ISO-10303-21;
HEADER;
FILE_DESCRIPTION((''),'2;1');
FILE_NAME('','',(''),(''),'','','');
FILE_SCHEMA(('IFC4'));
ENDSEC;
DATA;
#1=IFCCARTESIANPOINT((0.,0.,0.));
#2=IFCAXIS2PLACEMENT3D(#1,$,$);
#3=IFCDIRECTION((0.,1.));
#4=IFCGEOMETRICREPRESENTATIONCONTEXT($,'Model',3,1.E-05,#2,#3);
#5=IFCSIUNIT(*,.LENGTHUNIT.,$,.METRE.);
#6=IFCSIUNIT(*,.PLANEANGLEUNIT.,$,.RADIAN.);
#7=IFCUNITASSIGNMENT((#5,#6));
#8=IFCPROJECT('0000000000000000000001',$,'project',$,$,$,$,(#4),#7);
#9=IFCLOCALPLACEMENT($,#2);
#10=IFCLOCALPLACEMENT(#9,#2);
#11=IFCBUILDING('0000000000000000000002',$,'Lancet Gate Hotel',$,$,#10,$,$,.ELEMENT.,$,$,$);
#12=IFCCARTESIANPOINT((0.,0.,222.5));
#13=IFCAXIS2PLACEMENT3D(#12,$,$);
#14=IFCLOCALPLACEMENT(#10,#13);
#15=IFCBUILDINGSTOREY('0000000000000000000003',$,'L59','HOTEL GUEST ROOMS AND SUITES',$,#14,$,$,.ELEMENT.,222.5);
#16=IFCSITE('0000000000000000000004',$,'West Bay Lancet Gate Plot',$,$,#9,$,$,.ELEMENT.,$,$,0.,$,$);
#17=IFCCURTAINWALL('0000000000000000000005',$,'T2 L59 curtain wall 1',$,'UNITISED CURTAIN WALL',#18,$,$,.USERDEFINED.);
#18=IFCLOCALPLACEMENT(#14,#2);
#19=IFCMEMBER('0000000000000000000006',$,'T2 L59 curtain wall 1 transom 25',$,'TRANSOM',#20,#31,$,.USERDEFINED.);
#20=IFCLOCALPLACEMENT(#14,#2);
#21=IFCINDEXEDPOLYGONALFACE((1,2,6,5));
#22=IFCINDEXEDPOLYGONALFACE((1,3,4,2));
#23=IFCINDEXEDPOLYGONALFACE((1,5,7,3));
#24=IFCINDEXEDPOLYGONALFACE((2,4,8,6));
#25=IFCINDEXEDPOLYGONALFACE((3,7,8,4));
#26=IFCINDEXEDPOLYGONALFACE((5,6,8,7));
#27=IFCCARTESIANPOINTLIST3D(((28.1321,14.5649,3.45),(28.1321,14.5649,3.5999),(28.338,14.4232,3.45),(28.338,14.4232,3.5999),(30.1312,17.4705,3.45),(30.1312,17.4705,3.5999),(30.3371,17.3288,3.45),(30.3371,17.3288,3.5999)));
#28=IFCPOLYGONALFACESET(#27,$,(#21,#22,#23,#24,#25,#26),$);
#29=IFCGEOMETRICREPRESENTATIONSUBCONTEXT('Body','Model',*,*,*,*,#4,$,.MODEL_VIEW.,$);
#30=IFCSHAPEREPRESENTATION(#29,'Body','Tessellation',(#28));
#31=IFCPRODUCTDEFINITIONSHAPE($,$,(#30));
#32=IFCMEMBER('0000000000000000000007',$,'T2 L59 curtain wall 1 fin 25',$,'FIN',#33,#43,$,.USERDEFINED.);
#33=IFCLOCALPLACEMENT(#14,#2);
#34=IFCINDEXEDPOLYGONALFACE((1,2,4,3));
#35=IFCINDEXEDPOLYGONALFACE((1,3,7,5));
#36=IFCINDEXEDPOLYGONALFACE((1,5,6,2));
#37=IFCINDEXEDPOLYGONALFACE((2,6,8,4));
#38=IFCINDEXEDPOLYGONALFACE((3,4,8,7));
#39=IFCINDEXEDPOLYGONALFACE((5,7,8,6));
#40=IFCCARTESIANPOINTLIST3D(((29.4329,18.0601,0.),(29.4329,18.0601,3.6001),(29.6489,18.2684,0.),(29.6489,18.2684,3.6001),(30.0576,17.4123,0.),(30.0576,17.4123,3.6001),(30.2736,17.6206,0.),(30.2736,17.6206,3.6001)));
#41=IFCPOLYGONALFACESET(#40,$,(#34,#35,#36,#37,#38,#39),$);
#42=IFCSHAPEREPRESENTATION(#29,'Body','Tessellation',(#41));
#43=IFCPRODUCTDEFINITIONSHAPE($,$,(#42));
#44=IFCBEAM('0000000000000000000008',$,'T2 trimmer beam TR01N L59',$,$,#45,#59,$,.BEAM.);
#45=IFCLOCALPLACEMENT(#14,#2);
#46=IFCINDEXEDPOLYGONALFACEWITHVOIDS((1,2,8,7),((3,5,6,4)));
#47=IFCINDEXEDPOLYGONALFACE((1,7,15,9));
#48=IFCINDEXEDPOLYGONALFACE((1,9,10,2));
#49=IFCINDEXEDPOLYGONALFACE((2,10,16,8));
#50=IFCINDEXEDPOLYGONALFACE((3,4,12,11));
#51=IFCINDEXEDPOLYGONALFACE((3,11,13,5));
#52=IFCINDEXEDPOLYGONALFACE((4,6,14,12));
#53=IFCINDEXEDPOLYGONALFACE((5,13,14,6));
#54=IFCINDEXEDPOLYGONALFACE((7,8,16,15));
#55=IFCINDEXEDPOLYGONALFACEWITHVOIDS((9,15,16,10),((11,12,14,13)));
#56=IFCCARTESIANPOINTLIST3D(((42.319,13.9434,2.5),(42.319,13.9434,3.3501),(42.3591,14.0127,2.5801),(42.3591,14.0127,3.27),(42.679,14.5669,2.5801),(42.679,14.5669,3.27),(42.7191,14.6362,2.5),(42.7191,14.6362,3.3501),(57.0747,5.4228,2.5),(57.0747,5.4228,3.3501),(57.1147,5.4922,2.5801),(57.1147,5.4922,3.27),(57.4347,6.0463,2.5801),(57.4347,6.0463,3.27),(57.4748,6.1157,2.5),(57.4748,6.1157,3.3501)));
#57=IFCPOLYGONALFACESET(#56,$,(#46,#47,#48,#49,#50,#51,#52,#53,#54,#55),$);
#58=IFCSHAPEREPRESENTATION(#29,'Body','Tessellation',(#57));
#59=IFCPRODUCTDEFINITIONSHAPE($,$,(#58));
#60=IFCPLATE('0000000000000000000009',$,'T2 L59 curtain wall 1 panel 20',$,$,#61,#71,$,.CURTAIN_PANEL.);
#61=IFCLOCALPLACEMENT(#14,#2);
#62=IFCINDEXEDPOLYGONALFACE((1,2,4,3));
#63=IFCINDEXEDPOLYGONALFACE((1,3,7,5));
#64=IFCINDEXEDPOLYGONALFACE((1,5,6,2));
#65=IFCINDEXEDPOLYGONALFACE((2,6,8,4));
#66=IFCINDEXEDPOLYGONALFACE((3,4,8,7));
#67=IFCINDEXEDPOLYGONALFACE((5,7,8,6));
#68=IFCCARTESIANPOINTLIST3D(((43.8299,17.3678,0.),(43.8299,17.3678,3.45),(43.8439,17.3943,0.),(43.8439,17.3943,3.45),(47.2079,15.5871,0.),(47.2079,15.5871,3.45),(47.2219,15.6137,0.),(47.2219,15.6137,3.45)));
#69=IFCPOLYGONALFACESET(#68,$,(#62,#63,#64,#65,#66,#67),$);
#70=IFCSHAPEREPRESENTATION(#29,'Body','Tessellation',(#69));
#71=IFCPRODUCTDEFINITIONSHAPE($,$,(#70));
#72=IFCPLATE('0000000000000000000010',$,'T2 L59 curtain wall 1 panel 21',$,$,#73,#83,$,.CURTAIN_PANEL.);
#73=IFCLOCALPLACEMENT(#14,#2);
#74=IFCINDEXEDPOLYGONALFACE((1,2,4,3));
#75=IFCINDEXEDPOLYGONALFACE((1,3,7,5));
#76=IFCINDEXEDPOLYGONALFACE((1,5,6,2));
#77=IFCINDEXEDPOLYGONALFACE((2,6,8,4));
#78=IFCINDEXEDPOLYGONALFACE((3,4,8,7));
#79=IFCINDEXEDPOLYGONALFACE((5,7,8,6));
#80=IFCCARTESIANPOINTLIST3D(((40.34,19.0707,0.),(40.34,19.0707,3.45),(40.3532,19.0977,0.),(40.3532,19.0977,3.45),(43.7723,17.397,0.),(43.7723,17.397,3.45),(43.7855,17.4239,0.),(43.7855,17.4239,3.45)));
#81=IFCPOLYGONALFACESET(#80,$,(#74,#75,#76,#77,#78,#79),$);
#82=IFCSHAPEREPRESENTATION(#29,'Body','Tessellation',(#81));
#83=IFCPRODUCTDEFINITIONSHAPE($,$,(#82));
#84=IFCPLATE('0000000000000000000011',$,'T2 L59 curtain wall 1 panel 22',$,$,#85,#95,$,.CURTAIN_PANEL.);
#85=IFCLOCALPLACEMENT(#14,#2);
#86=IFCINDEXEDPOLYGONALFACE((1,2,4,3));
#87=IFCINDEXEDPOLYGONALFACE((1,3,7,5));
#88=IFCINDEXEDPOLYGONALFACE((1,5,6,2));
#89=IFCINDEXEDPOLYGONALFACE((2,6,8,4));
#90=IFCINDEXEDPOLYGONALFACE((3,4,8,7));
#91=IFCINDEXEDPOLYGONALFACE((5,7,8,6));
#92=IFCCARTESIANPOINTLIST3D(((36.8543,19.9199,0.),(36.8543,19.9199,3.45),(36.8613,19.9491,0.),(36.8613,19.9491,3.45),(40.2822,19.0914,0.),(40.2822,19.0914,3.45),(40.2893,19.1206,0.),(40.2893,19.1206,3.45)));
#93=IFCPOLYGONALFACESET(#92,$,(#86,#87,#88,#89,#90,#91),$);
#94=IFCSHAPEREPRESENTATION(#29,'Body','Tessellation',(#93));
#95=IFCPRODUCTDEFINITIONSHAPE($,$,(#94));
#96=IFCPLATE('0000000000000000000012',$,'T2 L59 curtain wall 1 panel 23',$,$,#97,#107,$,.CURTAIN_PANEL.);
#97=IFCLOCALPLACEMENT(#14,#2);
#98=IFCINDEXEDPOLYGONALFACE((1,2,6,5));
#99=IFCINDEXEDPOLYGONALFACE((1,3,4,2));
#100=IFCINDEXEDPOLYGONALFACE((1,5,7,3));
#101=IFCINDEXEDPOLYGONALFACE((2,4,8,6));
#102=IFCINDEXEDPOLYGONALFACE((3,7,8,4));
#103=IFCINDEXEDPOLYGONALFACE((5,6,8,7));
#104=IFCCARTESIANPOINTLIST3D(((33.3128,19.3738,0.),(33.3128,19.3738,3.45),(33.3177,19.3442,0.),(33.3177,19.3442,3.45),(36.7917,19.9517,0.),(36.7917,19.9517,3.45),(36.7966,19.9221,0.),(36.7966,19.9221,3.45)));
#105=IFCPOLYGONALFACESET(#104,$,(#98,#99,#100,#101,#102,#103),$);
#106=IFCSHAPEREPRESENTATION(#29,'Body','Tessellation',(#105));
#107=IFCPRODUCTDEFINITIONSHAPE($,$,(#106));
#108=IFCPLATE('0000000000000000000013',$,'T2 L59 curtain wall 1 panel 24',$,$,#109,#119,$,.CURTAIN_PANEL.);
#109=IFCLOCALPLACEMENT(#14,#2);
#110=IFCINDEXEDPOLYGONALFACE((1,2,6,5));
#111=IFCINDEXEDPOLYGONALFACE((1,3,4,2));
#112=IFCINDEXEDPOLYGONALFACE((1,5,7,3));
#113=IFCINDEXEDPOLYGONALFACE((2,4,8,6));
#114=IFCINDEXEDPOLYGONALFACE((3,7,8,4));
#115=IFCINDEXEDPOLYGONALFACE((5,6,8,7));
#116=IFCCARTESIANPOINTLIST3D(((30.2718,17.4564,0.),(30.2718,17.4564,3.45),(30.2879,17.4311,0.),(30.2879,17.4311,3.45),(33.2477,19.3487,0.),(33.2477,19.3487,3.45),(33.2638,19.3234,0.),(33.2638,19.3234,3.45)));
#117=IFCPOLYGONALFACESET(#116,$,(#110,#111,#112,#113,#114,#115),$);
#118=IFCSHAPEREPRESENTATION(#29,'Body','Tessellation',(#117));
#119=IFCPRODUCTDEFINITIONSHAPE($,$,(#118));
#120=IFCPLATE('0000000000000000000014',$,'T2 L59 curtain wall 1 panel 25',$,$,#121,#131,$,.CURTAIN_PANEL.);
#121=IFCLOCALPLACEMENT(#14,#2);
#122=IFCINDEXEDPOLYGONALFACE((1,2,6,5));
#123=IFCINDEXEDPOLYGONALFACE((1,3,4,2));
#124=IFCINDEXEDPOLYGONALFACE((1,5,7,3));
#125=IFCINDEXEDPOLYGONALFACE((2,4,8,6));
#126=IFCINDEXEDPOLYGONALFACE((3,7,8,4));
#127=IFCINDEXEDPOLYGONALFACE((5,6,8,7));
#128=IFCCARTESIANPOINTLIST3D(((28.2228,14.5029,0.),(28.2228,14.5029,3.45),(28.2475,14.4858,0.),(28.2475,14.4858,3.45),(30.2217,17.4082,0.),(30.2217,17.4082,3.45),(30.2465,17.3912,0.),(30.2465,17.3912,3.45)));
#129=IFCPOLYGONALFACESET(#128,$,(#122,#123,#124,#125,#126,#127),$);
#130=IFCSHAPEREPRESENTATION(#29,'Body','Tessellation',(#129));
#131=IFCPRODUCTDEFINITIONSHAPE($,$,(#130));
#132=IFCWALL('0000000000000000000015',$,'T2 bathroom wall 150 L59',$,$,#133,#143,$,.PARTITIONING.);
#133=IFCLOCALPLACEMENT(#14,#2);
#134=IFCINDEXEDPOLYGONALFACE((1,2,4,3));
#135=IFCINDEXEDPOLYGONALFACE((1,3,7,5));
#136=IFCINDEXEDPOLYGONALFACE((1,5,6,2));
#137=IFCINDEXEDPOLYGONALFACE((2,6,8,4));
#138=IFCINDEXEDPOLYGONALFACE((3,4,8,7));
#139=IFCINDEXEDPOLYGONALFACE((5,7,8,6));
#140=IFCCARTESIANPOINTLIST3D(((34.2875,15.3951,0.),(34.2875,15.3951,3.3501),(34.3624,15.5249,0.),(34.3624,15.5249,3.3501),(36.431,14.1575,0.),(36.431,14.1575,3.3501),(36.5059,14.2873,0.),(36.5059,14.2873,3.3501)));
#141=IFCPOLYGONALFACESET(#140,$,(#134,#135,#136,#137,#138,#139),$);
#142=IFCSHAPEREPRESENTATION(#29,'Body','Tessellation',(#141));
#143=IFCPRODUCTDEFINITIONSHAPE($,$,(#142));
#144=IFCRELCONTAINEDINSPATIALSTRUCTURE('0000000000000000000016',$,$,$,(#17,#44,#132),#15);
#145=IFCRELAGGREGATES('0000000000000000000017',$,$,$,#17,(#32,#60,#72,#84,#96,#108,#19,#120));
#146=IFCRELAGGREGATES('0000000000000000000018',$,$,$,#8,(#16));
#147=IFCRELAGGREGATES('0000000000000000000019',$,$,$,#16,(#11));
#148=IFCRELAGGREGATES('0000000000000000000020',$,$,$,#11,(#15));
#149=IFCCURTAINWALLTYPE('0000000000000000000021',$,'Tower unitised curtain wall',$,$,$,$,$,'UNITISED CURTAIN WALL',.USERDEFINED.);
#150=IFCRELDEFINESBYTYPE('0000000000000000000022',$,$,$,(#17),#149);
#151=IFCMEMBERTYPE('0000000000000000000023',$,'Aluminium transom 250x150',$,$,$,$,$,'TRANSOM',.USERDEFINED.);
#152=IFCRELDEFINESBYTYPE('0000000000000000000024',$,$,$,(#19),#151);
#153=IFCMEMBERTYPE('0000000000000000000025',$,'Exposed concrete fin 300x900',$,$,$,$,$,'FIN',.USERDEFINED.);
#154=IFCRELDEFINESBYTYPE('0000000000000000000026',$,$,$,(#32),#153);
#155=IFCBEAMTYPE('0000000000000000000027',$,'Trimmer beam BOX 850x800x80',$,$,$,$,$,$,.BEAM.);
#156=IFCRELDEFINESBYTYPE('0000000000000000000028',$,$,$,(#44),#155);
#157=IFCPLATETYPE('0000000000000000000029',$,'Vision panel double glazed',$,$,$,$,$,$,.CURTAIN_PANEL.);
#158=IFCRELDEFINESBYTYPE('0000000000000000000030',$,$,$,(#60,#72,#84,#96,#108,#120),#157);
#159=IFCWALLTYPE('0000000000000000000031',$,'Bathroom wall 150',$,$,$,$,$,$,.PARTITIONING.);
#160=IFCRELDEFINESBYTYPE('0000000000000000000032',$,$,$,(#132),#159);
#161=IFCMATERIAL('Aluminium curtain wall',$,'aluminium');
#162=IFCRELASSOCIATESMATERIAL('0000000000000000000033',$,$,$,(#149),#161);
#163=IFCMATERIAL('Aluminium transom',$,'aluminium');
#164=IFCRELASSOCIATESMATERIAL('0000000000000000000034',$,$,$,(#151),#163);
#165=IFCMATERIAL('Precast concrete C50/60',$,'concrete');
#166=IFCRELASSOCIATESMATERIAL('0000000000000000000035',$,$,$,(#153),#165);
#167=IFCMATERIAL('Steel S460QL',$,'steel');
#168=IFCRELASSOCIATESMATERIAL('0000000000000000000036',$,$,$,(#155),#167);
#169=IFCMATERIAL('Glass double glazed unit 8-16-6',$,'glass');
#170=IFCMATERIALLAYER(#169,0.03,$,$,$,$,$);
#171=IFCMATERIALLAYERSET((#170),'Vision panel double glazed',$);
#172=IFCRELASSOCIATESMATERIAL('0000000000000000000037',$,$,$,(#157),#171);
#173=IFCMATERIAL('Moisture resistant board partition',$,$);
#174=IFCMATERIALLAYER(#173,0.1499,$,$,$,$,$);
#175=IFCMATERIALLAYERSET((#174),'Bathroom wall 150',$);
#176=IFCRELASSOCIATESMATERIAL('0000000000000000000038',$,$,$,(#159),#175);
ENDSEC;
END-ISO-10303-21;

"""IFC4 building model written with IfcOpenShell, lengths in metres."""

from ifc_helpers import new_model, si_unit, direction, frame, frame_2d, origin, origin_2d, place, context, subcontext, project, spatial, rectangle, hollow_rectangle, extrude, material, layer, layer_set, material_profile, profile_set, type_object, element, aggregate, save


model = new_model("IFC4")

# Units and contexts
model_context = context("Model", 3, precision=1e-05, world=origin(), true_north=direction((0.0, 1.0)))
body_context = subcontext(model_context, "Body", "Model", "MODEL_VIEW")
ifc_project = project(units=[si_unit("LENGTHUNIT", "METRE"), si_unit("PLANEANGLEUNIT", "RADIAN")], contexts=[model_context])

# Site, building, storey
site_placement = place(None, origin())
site = spatial("IfcSite", under=ifc_project, at=site_placement, Name="West Bay Lancet Gate Plot", CompositionType="ELEMENT", RefElevation=0.0)
building_placement = place(site_placement, origin())
building = spatial("IfcBuilding", under=site, at=building_placement, Name="Lancet Gate Hotel", CompositionType="ELEMENT")
storey_placement = place(building_placement, frame((0.0, 0.0, 222.5)))
storey = spatial("IfcBuildingStorey", under=building, at=storey_placement, Name="L59", Description="HOTEL GUEST ROOMS AND SUITES", CompositionType="ELEMENT", Elevation=222.5)

# Curtain wall, members
ifc_material_1 = material(Name="Aluminium curtain wall", Category="aluminium")
curtain_wall_type = type_object("IfcCurtainWallType", Name="Tower unitised curtain wall", ElementType="UNITISED CURTAIN WALL", PredefinedType="USERDEFINED", material=ifc_material_1)
curtain_wall_placement = place(storey_placement, origin())
curtain_wall = element("IfcCurtainWall", 1, at=curtain_wall_placement, inside=storey, type_object=curtain_wall_type, Name="T2 L59 curtain wall 1", ObjectType="UNITISED CURTAIN WALL", PredefinedType="USERDEFINED")
ifc_material_2 = material(Name="Aluminium transom", Category="aluminium")
ifc_material_profile_1 = material_profile(ifc_material_2, rectangle(XDim=0.25, YDim=0.1499, at=origin_2d()), Name="TRANSOM 250x150")
ifc_profile_set_1 = profile_set([ifc_material_profile_1], Name="Aluminium transom")
member_type_1 = type_object("IfcMemberType", Name="Aluminium transom 250x150", ElementType="TRANSOM", PredefinedType="USERDEFINED", material=ifc_profile_set_1)
member_1_placement = place(storey_placement, frame((30.2341, 17.3997, 3.5249), z_axis=(-0.566814, -0.823846, 0.0), x_axis=(0.823846, -0.566814, 0.0)))
member_1 = element("IfcMember", 2, at=member_1_placement, type_object=member_type_1, Name="T2 L59 curtain wall 1 transom 25", ObjectType="TRANSOM", PredefinedType="USERDEFINED", context=body_context, shape_type="SweptSolid", body=[
    extrude(rectangle(XDim=0.25, YDim=0.1499, at=origin_2d()), origin(), (0.0, 0.0, 1.0), 3.5269),
])
ifc_material_3 = material(Name="Precast concrete C50/60", Category="concrete")
ifc_material_profile_2 = material_profile(ifc_material_3, rectangle(XDim=0.3, YDim=0.8999, at=origin_2d()), Name="FIN 300x900")
ifc_profile_set_2 = profile_set([ifc_material_profile_2], Name="Precast concrete C50/60")
member_type_2 = type_object("IfcMemberType", Name="Exposed concrete fin 300x900", ElementType="FIN", PredefinedType="USERDEFINED", material=ifc_profile_set_2)
member_2_placement = place(storey_placement, frame((29.8533, 17.8403, 0.0), z_axis=(0.0, 0.0, 1.0), x_axis=(-0.719809, -0.694172, 0.0)))
member_2 = element("IfcMember", 3, at=member_2_placement, type_object=member_type_2, Name="T2 L59 curtain wall 1 fin 25", ObjectType="FIN", PredefinedType="USERDEFINED", context=body_context, shape_type="SweptSolid", body=[
    extrude(rectangle(XDim=0.3, YDim=0.8999, at=origin_2d()), origin(), (0.0, 0.0, 1.0), 3.6001),
])

# Beam
ifc_material_4 = material(Name="Steel S460QL", Category="steel")
ifc_material_profile_3 = material_profile(ifc_material_4, hollow_rectangle(XDim=0.8, YDim=0.8501, WallThickness=0.0801, at=origin_2d()), Name="BOX 850x800x80")
ifc_profile_set_3 = profile_set([ifc_material_profile_3], Name="Steel S460QL")
beam_type = type_object("IfcBeamType", Name="Trimmer beam BOX 850x800x80", PredefinedType="BEAM", material=ifc_profile_set_3)
beam_placement = place(storey_placement, frame((42.519, 14.2898, 2.925), z_axis=(0.865991, -0.500059, 0.0), x_axis=(0.500059, 0.865991, 0.0)))
element("IfcBeam", 4, at=beam_placement, inside=storey, type_object=beam_type, Name="T2 trimmer beam TR01N L59", PredefinedType="BEAM", context=body_context, shape_type="SweptSolid", body=[
    extrude(hollow_rectangle(XDim=0.8, YDim=0.8501, WallThickness=0.0801, at=origin_2d()), origin(), (0.0, 0.0, 1.0), 17.0391),
])

# Plates
ifc_material_5 = material(Name="Glass double glazed unit 8-16-6", Category="glass")
ifc_layer_1 = layer(ifc_material_5, 0.03)
ifc_layer_set_1 = layer_set([ifc_layer_1], Name="Vision panel double glazed")
plate_type = type_object("IfcPlateType", Name="Vision panel double glazed", PredefinedType="CURTAIN_PANEL", material=ifc_layer_set_1)
plate_1_placement = place(storey_placement, frame((45.5259, 16.4907, 0.0), z_axis=(0.0, 0.0, 1.0), x_axis=(-0.884623, 0.466307, 0.0)))
plate_1 = element("IfcPlate", 5, at=plate_1_placement, type_object=plate_type, Name="T2 L59 curtain wall 1 panel 20", PredefinedType="CURTAIN_PANEL", context=body_context, shape_type="SweptSolid", body=[
    extrude(rectangle(XDim=3.8186, YDim=0.03, at=origin_2d()), origin(), (0.0, 0.0, 1.0), 3.45),
])
plate_2_placement = place(storey_placement, frame((42.0627, 18.2473, 0.0), z_axis=(0.0, 0.0, 1.0), x_axis=(-0.898823, 0.438311, 0.0)))
plate_2 = element("IfcPlate", 6, at=plate_2_placement, type_object=plate_type, Name="T2 L59 curtain wall 1 panel 21", PredefinedType="CURTAIN_PANEL", context=body_context, shape_type="SweptSolid", body=[
    extrude(rectangle(XDim=3.8186, YDim=0.03, at=origin_2d()), origin(), (0.0, 0.0, 1.0), 3.45),
])
plate_3_placement = place(storey_placement, frame((38.5718, 19.5203, 0.0), z_axis=(0.0, 0.0, 1.0), x_axis=(-0.972014, 0.234924, 0.0)))
plate_3 = element("IfcPlate", 7, at=plate_3_placement, type_object=plate_type, Name="T2 L59 curtain wall 1 panel 22", PredefinedType="CURTAIN_PANEL", context=body_context, shape_type="SweptSolid", body=[
    extrude(rectangle(XDim=3.5266, YDim=0.03, at=origin_2d()), origin(), (0.0, 0.0, 1.0), 3.45),
])
plate_4_placement = place(storey_placement, frame((35.0547, 19.6479, 0.0), z_axis=(0.0, 0.0, 1.0), x_axis=(-0.98648, -0.163881, 0.0)))
plate_4 = element("IfcPlate", 8, at=plate_4_placement, type_object=plate_type, Name="T2 L59 curtain wall 1 panel 23", PredefinedType="CURTAIN_PANEL", context=body_context, shape_type="SweptSolid", body=[
    extrude(rectangle(XDim=3.5266, YDim=0.03, at=origin_2d()), origin(), (0.0, 0.0, 1.0), 3.45),
])
plate_5_placement = place(storey_placement, frame((31.7678, 18.3899, 0.0), z_axis=(0.0, 0.0, 1.0), x_axis=(-0.843845, -0.536587, 0.0)))
plate_5 = element("IfcPlate", 9, at=plate_5_placement, type_object=plate_type, Name="T2 L59 curtain wall 1 panel 24", PredefinedType="CURTAIN_PANEL", context=body_context, shape_type="SweptSolid", body=[
    extrude(rectangle(XDim=3.5266, YDim=0.03, at=origin_2d()), origin(), (0.0, 0.0, 1.0), 3.45),
])
plate_6_placement = place(storey_placement, frame((29.2346, 15.947, 0.0), z_axis=(0.0, 0.0, 1.0), x_axis=(-0.566824, -0.823839, 0.0)))
plate_6 = element("IfcPlate", 10, at=plate_6_placement, type_object=plate_type, Name="T2 L59 curtain wall 1 panel 25", PredefinedType="CURTAIN_PANEL", context=body_context, shape_type="SweptSolid", body=[
    extrude(rectangle(XDim=3.5266, YDim=0.03, at=origin_2d()), origin(), (0.0, 0.0, 1.0), 3.45),
])
aggregate(curtain_wall, [member_2, plate_1, plate_2, plate_3, plate_4, plate_5, member_1, plate_6])

# Wall
ifc_material_6 = material(Name="Moisture resistant board partition")
ifc_layer_2 = layer(ifc_material_6, 0.1499)
ifc_layer_set_2 = layer_set([ifc_layer_2], Name="Bathroom wall 150")
wall_type_1 = type_object("IfcWallType", Name="Bathroom wall 150", PredefinedType="PARTITIONING", material=ifc_layer_set_2)
wall_1_placement = place(storey_placement, frame((34.325, 15.46, 0.0), z_axis=(0.0, 0.0, 1.0), x_axis=(0.866031, -0.49999, 0.0)))
element("IfcWall", 11, at=wall_1_placement, inside=storey, type_object=wall_type_1, Name="T2 bathroom wall 150 L59", PredefinedType="PARTITIONING", context=body_context, shape_type="SweptSolid", body=[
    extrude(rectangle(XDim=2.4751, YDim=0.1499, at=frame_2d((1.2375, 0.0))), origin(), (0.0, 0.0, 1.0), 3.3501),
])

save(model, "model.ifc")
